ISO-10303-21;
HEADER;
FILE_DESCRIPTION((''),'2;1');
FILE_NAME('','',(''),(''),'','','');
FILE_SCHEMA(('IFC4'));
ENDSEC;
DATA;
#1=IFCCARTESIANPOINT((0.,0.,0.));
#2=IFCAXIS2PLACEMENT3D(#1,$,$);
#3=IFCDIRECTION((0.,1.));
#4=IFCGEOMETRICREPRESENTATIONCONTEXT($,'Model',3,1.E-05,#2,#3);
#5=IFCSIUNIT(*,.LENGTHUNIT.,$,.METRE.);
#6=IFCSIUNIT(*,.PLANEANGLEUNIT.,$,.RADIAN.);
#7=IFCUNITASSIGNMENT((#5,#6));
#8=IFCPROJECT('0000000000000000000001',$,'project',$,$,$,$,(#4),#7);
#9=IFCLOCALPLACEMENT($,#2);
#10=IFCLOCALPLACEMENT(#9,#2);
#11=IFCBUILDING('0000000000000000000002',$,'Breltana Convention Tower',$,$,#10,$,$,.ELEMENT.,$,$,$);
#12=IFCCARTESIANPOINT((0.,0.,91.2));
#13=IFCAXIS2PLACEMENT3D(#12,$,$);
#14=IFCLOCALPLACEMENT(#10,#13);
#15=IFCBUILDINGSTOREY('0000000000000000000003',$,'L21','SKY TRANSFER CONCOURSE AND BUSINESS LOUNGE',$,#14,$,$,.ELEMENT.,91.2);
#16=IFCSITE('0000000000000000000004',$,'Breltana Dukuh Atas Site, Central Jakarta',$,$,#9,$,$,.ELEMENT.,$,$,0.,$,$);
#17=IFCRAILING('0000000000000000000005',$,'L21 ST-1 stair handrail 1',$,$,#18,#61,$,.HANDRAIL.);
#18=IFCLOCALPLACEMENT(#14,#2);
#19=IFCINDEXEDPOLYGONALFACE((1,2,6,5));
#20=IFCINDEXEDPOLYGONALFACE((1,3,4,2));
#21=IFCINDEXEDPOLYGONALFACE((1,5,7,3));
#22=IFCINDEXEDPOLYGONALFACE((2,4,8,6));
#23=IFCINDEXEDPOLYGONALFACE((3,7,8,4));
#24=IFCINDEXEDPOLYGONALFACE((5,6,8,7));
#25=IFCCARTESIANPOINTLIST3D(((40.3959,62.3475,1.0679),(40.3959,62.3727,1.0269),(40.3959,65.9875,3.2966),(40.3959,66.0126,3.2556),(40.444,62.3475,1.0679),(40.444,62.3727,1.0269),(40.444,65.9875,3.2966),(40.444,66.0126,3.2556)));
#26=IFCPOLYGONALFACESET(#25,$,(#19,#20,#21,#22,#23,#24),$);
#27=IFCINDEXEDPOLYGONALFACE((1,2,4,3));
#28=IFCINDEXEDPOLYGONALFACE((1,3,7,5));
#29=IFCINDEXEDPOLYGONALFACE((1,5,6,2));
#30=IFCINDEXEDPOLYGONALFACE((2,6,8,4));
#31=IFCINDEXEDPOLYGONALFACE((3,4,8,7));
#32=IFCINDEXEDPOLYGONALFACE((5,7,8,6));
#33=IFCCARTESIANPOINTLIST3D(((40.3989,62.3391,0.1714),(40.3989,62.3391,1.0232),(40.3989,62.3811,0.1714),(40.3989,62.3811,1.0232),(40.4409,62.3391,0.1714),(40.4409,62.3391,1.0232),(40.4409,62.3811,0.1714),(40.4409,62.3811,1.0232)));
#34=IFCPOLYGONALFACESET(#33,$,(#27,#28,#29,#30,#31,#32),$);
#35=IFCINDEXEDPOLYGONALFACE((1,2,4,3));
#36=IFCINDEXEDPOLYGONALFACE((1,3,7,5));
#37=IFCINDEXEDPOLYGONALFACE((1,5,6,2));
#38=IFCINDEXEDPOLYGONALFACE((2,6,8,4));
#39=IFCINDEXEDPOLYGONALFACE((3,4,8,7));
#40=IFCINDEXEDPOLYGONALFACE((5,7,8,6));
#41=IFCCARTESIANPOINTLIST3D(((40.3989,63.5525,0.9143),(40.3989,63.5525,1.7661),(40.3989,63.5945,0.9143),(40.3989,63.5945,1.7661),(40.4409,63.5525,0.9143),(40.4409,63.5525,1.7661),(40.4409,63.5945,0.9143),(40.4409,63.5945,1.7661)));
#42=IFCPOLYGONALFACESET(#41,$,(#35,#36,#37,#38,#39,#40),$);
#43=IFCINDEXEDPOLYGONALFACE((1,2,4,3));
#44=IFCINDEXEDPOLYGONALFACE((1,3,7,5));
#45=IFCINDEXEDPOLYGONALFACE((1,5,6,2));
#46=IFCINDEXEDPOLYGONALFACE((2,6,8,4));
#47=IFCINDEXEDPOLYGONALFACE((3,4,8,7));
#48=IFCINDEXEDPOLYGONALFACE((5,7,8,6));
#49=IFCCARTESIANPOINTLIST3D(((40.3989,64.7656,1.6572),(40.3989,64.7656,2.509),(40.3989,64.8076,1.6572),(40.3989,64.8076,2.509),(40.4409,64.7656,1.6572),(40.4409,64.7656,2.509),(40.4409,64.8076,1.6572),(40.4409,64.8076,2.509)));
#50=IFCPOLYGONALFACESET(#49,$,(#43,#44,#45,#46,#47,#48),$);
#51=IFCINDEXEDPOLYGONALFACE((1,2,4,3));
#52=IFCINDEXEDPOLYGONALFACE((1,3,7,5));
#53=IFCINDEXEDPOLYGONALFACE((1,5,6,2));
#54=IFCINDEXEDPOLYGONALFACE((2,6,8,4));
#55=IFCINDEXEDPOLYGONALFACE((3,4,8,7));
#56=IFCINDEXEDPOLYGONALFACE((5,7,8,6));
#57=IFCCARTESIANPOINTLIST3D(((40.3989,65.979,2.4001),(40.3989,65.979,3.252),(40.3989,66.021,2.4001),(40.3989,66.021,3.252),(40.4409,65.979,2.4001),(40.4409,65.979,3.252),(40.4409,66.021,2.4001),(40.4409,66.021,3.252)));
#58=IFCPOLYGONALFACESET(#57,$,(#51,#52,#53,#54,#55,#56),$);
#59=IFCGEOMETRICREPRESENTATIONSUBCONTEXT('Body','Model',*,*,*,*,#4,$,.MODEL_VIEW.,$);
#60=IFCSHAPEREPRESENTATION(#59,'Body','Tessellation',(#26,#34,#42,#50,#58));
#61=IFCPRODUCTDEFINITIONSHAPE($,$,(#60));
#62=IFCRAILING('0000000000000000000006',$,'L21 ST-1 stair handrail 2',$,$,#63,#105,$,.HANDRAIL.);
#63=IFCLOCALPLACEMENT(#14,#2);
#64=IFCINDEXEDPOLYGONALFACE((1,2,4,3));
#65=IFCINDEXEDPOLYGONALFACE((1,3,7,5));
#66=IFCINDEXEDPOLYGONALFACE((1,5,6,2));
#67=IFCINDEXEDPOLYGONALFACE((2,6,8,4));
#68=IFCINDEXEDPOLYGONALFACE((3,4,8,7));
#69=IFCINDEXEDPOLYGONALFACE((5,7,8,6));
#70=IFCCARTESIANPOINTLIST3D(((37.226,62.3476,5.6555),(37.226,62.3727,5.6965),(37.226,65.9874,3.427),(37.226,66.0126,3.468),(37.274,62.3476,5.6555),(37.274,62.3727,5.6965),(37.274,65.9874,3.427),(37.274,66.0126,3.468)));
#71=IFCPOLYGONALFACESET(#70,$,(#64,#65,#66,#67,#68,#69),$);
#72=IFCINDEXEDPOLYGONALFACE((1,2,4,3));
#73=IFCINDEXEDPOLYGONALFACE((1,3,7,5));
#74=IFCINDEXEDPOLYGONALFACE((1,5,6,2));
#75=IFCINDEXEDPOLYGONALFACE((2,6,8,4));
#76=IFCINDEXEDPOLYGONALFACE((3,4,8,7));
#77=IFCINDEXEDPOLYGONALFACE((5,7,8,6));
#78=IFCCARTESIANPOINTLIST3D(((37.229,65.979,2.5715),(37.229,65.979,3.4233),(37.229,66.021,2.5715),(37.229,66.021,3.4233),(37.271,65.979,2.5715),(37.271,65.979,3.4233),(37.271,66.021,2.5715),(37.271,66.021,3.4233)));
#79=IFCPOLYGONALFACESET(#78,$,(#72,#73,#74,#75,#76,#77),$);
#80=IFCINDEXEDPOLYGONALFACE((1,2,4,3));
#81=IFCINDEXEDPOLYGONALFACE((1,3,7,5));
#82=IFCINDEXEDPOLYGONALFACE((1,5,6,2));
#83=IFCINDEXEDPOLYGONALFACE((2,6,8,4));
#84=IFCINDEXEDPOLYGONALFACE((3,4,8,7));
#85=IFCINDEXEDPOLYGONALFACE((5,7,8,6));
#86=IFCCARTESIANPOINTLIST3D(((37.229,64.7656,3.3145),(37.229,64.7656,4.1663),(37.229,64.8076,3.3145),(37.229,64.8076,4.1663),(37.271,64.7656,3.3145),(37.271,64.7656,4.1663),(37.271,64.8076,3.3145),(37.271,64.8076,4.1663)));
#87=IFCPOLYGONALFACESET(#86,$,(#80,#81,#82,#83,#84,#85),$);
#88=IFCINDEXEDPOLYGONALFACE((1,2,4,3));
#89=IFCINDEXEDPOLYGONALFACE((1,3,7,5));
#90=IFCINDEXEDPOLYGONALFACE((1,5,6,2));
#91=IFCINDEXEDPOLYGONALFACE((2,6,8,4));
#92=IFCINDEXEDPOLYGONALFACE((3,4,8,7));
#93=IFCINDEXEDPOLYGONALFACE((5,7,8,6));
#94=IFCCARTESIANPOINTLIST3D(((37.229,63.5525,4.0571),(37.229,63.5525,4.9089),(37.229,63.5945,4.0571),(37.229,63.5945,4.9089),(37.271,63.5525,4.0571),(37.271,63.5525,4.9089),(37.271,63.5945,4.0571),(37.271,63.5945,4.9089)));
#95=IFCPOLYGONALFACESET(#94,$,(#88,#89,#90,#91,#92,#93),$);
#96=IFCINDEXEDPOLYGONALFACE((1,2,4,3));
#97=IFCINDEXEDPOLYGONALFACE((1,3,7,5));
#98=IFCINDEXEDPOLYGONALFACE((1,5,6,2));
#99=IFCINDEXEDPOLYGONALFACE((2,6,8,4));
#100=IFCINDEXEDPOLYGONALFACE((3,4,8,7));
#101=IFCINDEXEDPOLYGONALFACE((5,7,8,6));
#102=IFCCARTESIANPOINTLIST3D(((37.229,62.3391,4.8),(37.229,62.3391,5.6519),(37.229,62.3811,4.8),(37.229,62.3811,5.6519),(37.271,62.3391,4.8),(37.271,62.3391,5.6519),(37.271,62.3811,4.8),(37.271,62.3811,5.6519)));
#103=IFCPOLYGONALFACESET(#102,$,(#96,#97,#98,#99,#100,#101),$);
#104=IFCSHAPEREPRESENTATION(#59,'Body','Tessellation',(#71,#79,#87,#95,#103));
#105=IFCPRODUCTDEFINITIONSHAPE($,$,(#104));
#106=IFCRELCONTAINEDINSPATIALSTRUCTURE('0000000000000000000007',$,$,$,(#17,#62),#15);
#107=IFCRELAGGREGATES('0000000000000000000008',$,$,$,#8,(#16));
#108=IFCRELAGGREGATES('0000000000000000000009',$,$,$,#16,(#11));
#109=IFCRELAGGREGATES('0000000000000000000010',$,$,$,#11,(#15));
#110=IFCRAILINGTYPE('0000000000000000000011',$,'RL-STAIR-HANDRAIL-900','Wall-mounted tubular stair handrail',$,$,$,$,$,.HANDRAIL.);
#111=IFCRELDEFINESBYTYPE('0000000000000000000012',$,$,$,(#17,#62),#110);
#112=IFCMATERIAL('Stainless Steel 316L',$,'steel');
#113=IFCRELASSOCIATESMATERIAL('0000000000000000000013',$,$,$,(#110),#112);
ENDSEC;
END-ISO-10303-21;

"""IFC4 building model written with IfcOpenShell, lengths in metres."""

from ifc_helpers import new_model, si_unit, direction, frame, origin, origin_2d, place, context, subcontext, project, spatial, rectangle, extrude, material, type_object, element, save


model = new_model("IFC4")

# Units and contexts
model_context = context("Model", 3, precision=1e-05, world=origin(), true_north=direction((0.0, 1.0)))
body_context = subcontext(model_context, "Body", "Model", "MODEL_VIEW")
ifc_project = project(units=[si_unit("LENGTHUNIT", "METRE"), si_unit("PLANEANGLEUNIT", "RADIAN")], contexts=[model_context])

# Site, building, storey
site_placement = place(None, origin())
site = spatial("IfcSite", under=ifc_project, at=site_placement, Name="Breltana Dukuh Atas Site, Central Jakarta", CompositionType="ELEMENT", RefElevation=0.0)
building_placement = place(site_placement, origin())
building = spatial("IfcBuilding", under=site, at=building_placement, Name="Breltana Convention Tower", CompositionType="ELEMENT")
storey_placement = place(building_placement, frame((0.0, 0.0, 91.2)))
storey = spatial("IfcBuildingStorey", under=building, at=storey_placement, Name="L21", Description="SKY TRANSFER CONCOURSE AND BUSINESS LOUNGE", CompositionType="ELEMENT", Elevation=91.2)

# Railings
ifc_material_1 = material(Name="Stainless Steel 316L", Category="steel")
railing_type_1 = type_object("IfcRailingType", Name="RL-STAIR-HANDRAIL-900", Description="Wall-mounted tubular stair handrail", PredefinedType="HANDRAIL", material=ifc_material_1)
railing_1_placement = place(storey_placement, frame((40.4199, 62.3601, 0.1714)))
element("IfcRailing", 1, at=railing_1_placement, inside=storey, type_object=railing_type_1, Name="L21 ST-1 stair handrail 1", PredefinedType="HANDRAIL", context=body_context, shape_type="SweptSolid", body=[
    extrude(rectangle(XDim=0.0481, YDim=0.0481, at=origin_2d()), frame((0.0, 0.0, 0.876), z_axis=(0.0, 0.852825, 0.522197), x_axis=(-1.0, 0.0, 0.0)), (0.0, 0.0, 1.0), 4.2681),
    extrude(rectangle(XDim=0.042, YDim=0.042, at=origin_2d()), origin(), (0.0, 0.0, 1.0), 0.8518),
    extrude(rectangle(XDim=0.042, YDim=0.042, at=origin_2d()), frame((0.0, 1.2134, 0.7429)), (0.0, 0.0, 1.0), 0.8518),
    extrude(rectangle(XDim=0.042, YDim=0.042, at=origin_2d()), frame((0.0, 2.4265, 1.4858)), (0.0, 0.0, 1.0), 0.8518),
    extrude(rectangle(XDim=0.042, YDim=0.042, at=origin_2d()), frame((0.0, 3.6399, 2.2288)), (0.0, 0.0, 1.0), 0.8518),
])
railing_2_placement = place(storey_placement, frame((37.25, 66.0, 2.5715)))
element("IfcRailing", 2, at=railing_2_placement, inside=storey, type_object=railing_type_1, Name="L21 ST-1 stair handrail 2", PredefinedType="HANDRAIL", context=body_context, shape_type="SweptSolid", body=[
    extrude(rectangle(XDim=0.0481, YDim=0.0481, at=origin_2d()), frame((0.0, 0.0, 0.876), z_axis=(0.0, -0.85285, 0.522156), x_axis=(1.0, 0.0, 0.0)), (0.0, 0.0, 1.0), 4.2678),
    extrude(rectangle(XDim=0.042, YDim=0.042, at=origin_2d()), origin(), (0.0, 0.0, 1.0), 0.8518),
    extrude(rectangle(XDim=0.042, YDim=0.042, at=origin_2d()), frame((0.0, -1.2134, 0.7429)), (0.0, 0.0, 1.0), 0.8518),
    extrude(rectangle(XDim=0.042, YDim=0.042, at=origin_2d()), frame((0.0, -2.4265, 1.4856)), (0.0, 0.0, 1.0), 0.8518),
    extrude(rectangle(XDim=0.042, YDim=0.042, at=origin_2d()), frame((0.0, -3.6399, 2.2285)), (0.0, 0.0, 1.0), 0.8518),
])

save(model, "model.ifc")
